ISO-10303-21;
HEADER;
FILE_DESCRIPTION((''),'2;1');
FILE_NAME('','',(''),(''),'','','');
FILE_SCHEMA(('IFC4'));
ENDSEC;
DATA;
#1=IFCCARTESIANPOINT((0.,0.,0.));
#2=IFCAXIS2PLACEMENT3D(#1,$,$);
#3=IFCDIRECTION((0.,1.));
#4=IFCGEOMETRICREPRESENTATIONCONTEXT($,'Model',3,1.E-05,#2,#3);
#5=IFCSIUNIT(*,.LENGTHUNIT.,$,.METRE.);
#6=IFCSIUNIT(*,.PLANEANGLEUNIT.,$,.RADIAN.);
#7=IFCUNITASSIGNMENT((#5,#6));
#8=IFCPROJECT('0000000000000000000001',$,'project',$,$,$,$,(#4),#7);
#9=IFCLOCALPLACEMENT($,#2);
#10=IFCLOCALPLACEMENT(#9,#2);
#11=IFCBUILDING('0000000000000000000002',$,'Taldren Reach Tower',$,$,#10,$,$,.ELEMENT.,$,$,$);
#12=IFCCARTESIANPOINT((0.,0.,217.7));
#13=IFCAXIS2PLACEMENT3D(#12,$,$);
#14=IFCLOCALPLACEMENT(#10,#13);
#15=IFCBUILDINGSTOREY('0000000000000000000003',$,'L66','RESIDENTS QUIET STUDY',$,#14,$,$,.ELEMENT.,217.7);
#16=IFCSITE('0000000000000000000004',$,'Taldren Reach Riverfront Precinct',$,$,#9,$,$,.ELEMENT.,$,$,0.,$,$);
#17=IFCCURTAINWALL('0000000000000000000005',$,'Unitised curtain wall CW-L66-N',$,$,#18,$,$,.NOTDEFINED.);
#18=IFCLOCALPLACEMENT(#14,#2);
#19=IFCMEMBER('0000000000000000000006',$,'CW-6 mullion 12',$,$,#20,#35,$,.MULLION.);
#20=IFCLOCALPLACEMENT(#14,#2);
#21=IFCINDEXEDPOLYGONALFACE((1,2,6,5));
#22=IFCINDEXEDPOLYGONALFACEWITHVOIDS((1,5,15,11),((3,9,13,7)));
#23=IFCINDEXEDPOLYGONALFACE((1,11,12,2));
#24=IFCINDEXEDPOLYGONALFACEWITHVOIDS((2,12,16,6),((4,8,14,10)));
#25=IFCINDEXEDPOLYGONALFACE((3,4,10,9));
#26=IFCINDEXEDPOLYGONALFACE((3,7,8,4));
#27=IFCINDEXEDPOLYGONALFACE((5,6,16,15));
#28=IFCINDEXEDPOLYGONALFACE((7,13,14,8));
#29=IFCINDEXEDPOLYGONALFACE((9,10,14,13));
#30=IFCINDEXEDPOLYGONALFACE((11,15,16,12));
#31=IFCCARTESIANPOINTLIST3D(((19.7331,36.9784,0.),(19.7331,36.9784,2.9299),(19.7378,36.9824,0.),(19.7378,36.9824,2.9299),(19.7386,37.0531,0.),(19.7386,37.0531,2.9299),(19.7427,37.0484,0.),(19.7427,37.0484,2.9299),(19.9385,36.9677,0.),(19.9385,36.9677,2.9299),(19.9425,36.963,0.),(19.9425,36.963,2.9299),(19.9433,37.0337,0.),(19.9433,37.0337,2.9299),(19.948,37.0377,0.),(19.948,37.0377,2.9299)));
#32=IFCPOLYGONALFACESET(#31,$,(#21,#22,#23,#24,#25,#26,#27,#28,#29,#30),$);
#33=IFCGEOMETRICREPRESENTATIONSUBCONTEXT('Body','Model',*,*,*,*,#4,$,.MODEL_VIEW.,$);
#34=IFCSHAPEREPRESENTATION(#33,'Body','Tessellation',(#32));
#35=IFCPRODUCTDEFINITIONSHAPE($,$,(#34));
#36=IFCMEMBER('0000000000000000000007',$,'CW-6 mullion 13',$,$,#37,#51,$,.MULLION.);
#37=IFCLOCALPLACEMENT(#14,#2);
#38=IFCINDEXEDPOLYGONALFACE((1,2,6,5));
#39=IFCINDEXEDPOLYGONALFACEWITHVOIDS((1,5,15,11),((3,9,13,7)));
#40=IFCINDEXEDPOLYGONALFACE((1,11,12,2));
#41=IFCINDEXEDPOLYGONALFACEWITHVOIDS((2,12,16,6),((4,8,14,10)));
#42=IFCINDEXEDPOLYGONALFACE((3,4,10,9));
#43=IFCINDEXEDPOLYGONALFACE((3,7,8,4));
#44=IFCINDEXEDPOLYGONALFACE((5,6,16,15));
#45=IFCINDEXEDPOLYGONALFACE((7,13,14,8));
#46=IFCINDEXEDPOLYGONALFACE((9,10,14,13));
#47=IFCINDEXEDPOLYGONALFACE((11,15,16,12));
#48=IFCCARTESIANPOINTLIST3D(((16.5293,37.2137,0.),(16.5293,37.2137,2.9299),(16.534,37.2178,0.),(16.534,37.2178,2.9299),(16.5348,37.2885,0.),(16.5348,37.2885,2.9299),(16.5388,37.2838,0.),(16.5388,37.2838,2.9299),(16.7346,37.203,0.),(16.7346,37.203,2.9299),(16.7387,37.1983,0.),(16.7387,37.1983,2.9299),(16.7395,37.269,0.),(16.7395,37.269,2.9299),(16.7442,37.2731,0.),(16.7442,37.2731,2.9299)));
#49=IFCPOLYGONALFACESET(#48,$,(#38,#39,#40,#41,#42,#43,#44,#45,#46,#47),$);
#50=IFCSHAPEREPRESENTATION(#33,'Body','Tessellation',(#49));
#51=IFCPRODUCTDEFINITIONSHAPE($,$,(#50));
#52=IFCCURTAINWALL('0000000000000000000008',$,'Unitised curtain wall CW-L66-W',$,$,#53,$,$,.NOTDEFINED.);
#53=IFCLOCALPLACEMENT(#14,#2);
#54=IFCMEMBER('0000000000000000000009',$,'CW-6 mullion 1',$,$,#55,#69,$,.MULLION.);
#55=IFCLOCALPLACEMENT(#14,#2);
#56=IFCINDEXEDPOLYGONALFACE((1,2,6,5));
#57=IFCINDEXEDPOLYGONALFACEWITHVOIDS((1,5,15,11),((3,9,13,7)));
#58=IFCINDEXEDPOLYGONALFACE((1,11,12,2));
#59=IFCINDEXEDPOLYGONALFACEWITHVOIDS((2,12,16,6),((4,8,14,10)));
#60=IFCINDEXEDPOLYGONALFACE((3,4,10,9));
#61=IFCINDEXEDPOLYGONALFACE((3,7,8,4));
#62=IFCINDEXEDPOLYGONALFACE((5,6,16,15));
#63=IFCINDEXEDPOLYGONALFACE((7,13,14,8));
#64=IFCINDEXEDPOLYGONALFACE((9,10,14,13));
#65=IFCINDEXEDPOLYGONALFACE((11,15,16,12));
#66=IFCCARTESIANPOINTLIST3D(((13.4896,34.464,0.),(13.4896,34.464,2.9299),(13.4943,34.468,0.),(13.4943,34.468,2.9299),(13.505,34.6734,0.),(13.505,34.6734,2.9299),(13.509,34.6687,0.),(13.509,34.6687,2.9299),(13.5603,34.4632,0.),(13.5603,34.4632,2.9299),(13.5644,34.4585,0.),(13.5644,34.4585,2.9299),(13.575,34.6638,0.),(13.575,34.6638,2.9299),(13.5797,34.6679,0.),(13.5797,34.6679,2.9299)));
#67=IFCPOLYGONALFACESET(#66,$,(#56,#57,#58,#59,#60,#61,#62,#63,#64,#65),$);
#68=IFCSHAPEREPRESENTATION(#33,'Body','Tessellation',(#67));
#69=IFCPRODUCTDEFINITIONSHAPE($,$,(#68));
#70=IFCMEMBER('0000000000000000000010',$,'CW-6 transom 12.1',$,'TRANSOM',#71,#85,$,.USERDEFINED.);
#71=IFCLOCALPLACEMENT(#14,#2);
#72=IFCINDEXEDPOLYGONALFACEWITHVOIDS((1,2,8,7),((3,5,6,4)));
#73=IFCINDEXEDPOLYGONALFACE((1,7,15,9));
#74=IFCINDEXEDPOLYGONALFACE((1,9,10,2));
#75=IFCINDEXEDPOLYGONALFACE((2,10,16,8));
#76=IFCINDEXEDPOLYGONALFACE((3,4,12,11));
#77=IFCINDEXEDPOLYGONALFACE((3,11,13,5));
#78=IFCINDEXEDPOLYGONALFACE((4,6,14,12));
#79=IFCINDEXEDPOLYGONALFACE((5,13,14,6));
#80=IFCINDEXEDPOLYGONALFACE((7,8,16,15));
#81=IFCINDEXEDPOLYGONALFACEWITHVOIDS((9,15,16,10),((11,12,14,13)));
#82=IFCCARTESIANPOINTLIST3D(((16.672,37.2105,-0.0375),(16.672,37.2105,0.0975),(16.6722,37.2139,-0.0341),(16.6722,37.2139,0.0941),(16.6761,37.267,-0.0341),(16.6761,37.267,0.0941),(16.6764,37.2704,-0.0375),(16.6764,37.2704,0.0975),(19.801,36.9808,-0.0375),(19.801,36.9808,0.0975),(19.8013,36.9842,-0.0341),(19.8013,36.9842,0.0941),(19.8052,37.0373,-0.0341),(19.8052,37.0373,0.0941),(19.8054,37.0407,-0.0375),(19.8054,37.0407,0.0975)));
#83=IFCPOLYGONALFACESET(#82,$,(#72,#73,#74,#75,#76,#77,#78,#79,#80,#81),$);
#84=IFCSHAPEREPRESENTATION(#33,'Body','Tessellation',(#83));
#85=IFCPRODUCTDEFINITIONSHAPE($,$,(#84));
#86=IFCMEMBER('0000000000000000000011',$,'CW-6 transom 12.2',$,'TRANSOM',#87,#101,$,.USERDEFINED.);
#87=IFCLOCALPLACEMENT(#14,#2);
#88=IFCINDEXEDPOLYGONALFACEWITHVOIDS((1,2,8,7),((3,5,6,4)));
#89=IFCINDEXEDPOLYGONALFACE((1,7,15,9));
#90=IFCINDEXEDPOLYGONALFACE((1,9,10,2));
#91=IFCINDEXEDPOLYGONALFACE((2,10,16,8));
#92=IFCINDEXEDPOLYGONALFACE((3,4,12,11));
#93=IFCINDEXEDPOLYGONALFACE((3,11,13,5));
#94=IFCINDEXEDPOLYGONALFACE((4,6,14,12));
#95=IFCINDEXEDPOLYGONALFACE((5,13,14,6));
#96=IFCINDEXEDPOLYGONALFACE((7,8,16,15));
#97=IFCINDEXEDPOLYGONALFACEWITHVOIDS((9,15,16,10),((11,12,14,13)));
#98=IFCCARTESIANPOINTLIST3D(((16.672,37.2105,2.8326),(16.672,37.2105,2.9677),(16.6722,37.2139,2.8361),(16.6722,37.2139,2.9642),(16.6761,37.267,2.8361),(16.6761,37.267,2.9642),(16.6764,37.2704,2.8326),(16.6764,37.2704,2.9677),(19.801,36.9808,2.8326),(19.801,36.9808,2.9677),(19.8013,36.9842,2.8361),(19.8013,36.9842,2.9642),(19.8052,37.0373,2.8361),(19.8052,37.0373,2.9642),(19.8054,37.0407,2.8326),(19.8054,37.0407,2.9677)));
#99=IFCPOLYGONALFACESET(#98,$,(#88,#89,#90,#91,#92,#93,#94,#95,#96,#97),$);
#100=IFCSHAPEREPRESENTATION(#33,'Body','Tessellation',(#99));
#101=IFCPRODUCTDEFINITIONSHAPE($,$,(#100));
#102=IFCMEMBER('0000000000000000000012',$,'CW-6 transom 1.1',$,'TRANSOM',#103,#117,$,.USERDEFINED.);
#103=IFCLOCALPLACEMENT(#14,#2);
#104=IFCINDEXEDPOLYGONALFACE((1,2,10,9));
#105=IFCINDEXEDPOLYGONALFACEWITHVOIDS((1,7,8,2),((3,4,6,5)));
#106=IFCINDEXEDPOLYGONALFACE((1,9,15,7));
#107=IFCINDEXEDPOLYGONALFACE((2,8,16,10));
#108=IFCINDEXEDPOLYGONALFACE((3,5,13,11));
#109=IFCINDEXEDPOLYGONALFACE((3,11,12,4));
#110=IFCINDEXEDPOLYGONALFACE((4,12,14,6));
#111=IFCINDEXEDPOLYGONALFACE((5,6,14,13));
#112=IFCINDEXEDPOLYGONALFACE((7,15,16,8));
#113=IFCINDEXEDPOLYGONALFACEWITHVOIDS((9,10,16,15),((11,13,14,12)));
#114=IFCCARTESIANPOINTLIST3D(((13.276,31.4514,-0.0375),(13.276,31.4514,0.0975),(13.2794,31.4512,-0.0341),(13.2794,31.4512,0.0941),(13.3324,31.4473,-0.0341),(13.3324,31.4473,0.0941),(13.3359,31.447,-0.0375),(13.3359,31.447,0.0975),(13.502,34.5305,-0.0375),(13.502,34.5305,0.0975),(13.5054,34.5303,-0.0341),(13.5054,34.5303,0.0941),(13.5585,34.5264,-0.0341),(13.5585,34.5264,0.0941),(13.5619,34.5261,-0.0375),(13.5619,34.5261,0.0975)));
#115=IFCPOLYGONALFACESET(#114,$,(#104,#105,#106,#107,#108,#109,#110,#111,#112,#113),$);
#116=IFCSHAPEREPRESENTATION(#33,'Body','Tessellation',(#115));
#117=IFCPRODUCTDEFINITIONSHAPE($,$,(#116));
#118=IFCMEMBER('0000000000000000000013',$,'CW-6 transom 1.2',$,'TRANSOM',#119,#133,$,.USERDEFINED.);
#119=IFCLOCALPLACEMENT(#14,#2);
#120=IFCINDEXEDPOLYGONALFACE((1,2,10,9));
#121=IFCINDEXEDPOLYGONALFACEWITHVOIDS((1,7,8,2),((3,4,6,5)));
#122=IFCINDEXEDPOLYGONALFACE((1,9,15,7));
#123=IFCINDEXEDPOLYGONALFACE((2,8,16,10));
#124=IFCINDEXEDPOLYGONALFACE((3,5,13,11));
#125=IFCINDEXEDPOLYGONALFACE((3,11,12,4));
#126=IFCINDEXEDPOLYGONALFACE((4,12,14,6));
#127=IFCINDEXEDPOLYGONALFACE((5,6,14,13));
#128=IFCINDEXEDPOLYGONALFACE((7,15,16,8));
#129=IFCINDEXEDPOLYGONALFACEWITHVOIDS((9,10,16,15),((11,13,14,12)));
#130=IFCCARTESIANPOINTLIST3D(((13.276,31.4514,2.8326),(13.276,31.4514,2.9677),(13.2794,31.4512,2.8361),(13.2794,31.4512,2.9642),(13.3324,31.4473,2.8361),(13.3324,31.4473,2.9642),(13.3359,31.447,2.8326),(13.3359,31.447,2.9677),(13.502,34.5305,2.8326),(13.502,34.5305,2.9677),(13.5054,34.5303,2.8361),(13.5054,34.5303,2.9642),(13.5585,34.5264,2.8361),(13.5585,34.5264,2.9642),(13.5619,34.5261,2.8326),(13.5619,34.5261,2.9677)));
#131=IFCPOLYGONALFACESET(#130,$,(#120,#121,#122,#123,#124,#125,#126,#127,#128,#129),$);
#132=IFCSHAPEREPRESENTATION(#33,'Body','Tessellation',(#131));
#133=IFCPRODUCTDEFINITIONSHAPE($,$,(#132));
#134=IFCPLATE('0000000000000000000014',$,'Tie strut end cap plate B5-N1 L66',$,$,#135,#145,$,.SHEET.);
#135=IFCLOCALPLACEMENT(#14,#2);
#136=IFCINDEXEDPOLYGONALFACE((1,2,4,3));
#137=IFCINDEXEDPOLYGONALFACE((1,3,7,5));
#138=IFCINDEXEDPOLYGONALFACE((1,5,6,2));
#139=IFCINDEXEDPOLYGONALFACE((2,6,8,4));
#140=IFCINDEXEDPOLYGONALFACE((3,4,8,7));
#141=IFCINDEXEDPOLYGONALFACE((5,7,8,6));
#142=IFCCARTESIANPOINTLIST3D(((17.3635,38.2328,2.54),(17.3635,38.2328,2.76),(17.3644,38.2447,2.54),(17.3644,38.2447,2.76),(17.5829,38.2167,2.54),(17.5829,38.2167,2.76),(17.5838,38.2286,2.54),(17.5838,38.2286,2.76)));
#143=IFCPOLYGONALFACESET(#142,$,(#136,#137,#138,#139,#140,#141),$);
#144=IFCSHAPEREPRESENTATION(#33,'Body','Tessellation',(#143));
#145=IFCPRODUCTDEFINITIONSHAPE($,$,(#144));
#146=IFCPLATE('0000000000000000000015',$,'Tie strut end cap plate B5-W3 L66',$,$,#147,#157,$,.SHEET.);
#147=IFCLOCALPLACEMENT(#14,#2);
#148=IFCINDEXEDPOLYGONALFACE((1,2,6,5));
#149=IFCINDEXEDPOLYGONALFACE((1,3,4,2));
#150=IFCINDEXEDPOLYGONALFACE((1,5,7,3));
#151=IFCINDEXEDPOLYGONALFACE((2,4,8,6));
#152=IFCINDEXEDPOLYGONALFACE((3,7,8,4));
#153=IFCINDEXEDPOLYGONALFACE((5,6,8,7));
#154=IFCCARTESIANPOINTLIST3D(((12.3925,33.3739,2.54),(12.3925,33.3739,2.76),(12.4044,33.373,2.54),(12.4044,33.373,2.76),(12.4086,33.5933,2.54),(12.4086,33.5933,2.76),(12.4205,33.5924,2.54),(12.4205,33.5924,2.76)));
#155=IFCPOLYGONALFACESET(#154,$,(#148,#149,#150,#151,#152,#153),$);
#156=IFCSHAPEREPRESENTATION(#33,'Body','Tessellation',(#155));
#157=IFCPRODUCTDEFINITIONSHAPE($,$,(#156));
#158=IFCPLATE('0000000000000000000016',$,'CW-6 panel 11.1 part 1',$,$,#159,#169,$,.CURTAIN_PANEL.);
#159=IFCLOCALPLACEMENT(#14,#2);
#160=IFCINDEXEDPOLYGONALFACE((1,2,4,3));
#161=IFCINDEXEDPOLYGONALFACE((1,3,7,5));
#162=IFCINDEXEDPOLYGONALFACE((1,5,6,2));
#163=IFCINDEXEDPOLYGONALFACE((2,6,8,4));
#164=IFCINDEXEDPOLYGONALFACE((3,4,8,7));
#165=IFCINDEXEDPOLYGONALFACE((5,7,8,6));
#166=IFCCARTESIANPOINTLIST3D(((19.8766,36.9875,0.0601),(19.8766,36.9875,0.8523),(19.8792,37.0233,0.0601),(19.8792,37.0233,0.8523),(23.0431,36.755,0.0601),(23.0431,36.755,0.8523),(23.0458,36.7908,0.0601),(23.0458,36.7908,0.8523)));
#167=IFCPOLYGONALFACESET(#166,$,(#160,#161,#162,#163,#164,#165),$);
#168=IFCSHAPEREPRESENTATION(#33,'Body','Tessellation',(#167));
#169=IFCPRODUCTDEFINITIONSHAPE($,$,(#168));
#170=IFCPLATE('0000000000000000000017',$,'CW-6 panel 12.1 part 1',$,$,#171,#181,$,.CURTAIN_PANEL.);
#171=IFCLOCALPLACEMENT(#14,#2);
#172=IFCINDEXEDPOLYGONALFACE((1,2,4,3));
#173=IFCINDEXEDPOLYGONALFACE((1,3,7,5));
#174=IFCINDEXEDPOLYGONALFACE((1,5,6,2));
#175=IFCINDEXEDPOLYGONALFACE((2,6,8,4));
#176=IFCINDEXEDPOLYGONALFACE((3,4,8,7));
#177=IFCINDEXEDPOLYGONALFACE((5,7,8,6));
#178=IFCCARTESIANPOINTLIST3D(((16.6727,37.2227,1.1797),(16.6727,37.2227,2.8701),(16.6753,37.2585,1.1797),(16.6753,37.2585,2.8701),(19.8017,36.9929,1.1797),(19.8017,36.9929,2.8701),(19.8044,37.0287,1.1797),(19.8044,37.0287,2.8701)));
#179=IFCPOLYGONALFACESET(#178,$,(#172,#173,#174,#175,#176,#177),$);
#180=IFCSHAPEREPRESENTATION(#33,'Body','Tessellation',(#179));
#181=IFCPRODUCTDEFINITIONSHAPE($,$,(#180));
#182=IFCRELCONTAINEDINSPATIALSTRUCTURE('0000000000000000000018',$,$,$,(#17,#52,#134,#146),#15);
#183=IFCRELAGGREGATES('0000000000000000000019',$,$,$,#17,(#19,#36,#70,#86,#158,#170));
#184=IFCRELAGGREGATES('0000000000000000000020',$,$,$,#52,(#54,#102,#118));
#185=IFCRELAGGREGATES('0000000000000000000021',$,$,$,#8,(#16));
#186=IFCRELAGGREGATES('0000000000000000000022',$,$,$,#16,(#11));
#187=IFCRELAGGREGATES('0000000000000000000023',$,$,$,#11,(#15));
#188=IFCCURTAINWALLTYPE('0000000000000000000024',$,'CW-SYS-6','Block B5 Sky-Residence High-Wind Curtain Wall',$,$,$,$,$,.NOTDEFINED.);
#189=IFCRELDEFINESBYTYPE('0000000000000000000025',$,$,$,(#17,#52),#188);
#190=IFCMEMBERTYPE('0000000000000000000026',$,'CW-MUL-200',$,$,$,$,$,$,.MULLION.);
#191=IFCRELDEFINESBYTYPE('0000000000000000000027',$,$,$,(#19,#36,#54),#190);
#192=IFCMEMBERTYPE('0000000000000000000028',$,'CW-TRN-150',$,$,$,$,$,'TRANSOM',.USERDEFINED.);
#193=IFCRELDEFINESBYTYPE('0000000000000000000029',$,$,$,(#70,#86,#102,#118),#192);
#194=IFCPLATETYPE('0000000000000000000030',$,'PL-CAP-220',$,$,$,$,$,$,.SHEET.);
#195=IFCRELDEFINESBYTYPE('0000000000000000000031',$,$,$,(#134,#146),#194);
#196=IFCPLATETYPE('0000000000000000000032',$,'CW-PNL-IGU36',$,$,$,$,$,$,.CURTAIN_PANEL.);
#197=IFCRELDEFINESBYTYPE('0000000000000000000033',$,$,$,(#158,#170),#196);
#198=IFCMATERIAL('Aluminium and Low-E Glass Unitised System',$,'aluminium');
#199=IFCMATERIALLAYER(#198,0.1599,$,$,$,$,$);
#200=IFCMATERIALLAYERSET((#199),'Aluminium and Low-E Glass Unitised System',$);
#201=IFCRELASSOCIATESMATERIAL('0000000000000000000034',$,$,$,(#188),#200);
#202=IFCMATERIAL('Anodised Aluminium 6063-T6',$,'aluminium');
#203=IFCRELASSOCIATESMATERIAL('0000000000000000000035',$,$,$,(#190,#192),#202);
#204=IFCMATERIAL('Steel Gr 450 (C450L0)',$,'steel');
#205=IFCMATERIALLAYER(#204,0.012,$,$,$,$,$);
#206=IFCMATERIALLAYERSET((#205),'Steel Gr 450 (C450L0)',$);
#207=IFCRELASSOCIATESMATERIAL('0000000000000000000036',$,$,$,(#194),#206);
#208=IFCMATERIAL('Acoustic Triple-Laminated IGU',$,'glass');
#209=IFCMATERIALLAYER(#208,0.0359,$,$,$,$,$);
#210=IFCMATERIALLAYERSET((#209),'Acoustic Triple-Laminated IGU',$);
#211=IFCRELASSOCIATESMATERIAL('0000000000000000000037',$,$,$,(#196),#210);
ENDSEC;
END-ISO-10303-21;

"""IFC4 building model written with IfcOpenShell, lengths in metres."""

from ifc_helpers import new_model, si_unit, direction, frame, origin, origin_2d, place, context, subcontext, project, spatial, rectangle, hollow_rectangle, extrude, source, transform, mapped, material, layer, layer_set, material_profile, profile_set, type_object, element, aggregate, save


model = new_model("IFC4")

# Units and contexts
model_context = context("Model", 3, precision=1e-05, world=origin(), true_north=direction((0.0, 1.0)))
body_context = subcontext(model_context, "Body", "Model", "MODEL_VIEW")
ifc_project = project(units=[si_unit("LENGTHUNIT", "METRE"), si_unit("PLANEANGLEUNIT", "RADIAN")], contexts=[model_context])

# Site, building, storey
site_placement = place(None, origin())
site = spatial("IfcSite", under=ifc_project, at=site_placement, Name="Taldren Reach Riverfront Precinct", CompositionType="ELEMENT", RefElevation=0.0)
building_placement = place(site_placement, origin())
building = spatial("IfcBuilding", under=site, at=building_placement, Name="Taldren Reach Tower", CompositionType="ELEMENT")
storey_placement = place(building_placement, frame((0.0, 0.0, 217.7)))
storey = spatial("IfcBuildingStorey", under=building, at=storey_placement, Name="L66", Description="RESIDENTS QUIET STUDY", CompositionType="ELEMENT", Elevation=217.7)

# Shared definitions
ifc_material_1 = material(Name="Steel Gr 450 (C450L0)", Category="steel")

# Curtain wall, members
ifc_material_2 = material(Name="Aluminium and Low-E Glass Unitised System", Category="aluminium")
ifc_layer_1 = layer(ifc_material_2, 0.1599)
ifc_layer_set_1 = layer_set([ifc_layer_1], Name="Aluminium and Low-E Glass Unitised System")
curtain_wall_type = type_object("IfcCurtainWallType", Name="CW-SYS-6", Description="Block B5 Sky-Residence High-Wind Curtain Wall", PredefinedType="NOTDEFINED", material=ifc_layer_set_1)
curtain_wall_1_placement = place(storey_placement, origin())
curtain_wall_1 = element("IfcCurtainWall", 1, at=curtain_wall_1_placement, inside=storey, type_object=curtain_wall_type, Name="Unitised curtain wall CW-L66-N", PredefinedType="NOTDEFINED")
ifc_material_3 = material(Name="Anodised Aluminium 6063-T6", Category="aluminium")
ifc_material_profile_1 = material_profile(ifc_material_3, hollow_rectangle(XDim=0.075, YDim=0.21, WallThickness=0.0044, at=origin_2d()), Name="ALU-210x75x4.5RHS")
ifc_profile_set_1 = profile_set([ifc_material_profile_1], Name="Anodised Aluminium 6063-T6")
member_type_1 = type_object("IfcMemberType", Name="CW-MUL-200", PredefinedType="MULLION", material=ifc_profile_set_1)
shared_shape_1 = source(origin(), body_context, "Body", "SweptSolid", [
    extrude(hollow_rectangle(XDim=0.075, YDim=0.21, WallThickness=0.0044, at=origin_2d()), origin(), (0.0, 0.0, 1.0), 2.9299),
])
member_1_placement = place(storey_placement, frame((19.8406, 37.0081, 0.0), z_axis=(0.0, 0.0, 1.0), x_axis=(-0.073238, -0.997314, 0.0)))
member_1 = element("IfcMember", 2, at=member_1_placement, type_object=member_type_1, Name="CW-6 mullion 12", PredefinedType="MULLION", context=body_context, shape_type="MappedRepresentation", body=[
    mapped(shared_shape_1, transform((0.0, 0.0, 0.0), scale=1.0)),
])
member_2_placement = place(storey_placement, frame((16.6367, 37.2434, 0.0), z_axis=(0.0, 0.0, 1.0), x_axis=(-0.073238, -0.997314, 0.0)))
member_2 = element("IfcMember", 3, at=member_2_placement, type_object=member_type_1, Name="CW-6 mullion 13", PredefinedType="MULLION", context=body_context, shape_type="MappedRepresentation", body=[
    mapped(shared_shape_1, transform((0.0, 0.0, 0.0), scale=1.0)),
])

# Curtain wall, member
curtain_wall_2_placement = place(storey_placement, origin())
curtain_wall_2 = element("IfcCurtainWall", 4, at=curtain_wall_2_placement, inside=storey, type_object=curtain_wall_type, Name="Unitised curtain wall CW-L66-W", PredefinedType="NOTDEFINED")
member_3_placement = place(storey_placement, frame((13.5347, 34.5659, 0.0), z_axis=(0.0, 0.0, 1.0), x_axis=(0.997314, -0.073238, 0.0)))
member_3 = element("IfcMember", 5, at=member_3_placement, type_object=member_type_1, Name="CW-6 mullion 1", PredefinedType="MULLION", context=body_context, shape_type="MappedRepresentation", body=[
    mapped(shared_shape_1, transform((0.0, 0.0, 0.0), scale=1.0)),
])

# Members
ifc_material_profile_2 = material_profile(ifc_material_3, hollow_rectangle(XDim=0.0601, YDim=0.135, WallThickness=0.0034, at=origin_2d()), Name="ALU-135x60x3.5RHS")
ifc_profile_set_2 = profile_set([ifc_material_profile_2], Name="Anodised Aluminium 6063-T6")
member_type_2 = type_object("IfcMemberType", Name="CW-TRN-150", ElementType="TRANSOM", PredefinedType="USERDEFINED", material=ifc_profile_set_2)
shared_shape_2 = source(origin(), body_context, "Body", "SweptSolid", [
    extrude(hollow_rectangle(XDim=0.0601, YDim=0.135, WallThickness=0.0034, at=origin_2d()), origin(), (0.0, 0.0, 1.0), 3.1375),
])
member_4_placement = place(storey_placement, frame((19.8032, 37.0107, 0.03), z_axis=(-0.997316, 0.073221, 0.0), x_axis=(-0.073221, -0.997316, 0.0)))
member_4 = element("IfcMember", 6, at=member_4_placement, type_object=member_type_2, Name="CW-6 transom 12.1", ObjectType="TRANSOM", PredefinedType="USERDEFINED", context=body_context, shape_type="MappedRepresentation", body=[
    mapped(shared_shape_2, transform((0.0, 0.0, 0.0), scale=1.0)),
])
member_5_placement = place(storey_placement, frame((19.8032, 37.0107, 2.9001), z_axis=(-0.997316, 0.073221, 0.0), x_axis=(-0.073221, -0.997316, 0.0)))
member_5 = element("IfcMember", 7, at=member_5_placement, type_object=member_type_2, Name="CW-6 transom 12.2", ObjectType="TRANSOM", PredefinedType="USERDEFINED", context=body_context, shape_type="MappedRepresentation", body=[
    mapped(shared_shape_2, transform((0.0, 0.0, 0.0), scale=1.0)),
])
shared_shape_3 = source(origin(), body_context, "Body", "SweptSolid", [
    extrude(hollow_rectangle(XDim=0.0601, YDim=0.135, WallThickness=0.0034, at=origin_2d()), origin(), (0.0, 0.0, 1.0), 3.0874),
])
member_6_placement = place(storey_placement, frame((13.532, 34.5283, 0.03), z_axis=(-0.073225, -0.997315, 0.0), x_axis=(0.997315, -0.073225, 0.0)))
member_6 = element("IfcMember", 8, at=member_6_placement, type_object=member_type_2, Name="CW-6 transom 1.1", ObjectType="TRANSOM", PredefinedType="USERDEFINED", context=body_context, shape_type="MappedRepresentation", body=[
    mapped(shared_shape_3, transform((0.0, 0.0, 0.0), scale=1.0)),
])
member_7_placement = place(storey_placement, frame((13.532, 34.5283, 2.9001), z_axis=(-0.073225, -0.997315, 0.0), x_axis=(0.997315, -0.073225, 0.0)))
member_7 = element("IfcMember", 9, at=member_7_placement, type_object=member_type_2, Name="CW-6 transom 1.2", ObjectType="TRANSOM", PredefinedType="USERDEFINED", context=body_context, shape_type="MappedRepresentation", body=[
    mapped(shared_shape_3, transform((0.0, 0.0, 0.0), scale=1.0)),
])

# Plates
ifc_layer_2 = layer(ifc_material_1, 0.012)
ifc_layer_set_2 = layer_set([ifc_layer_2], Name="Steel Gr 450 (C450L0)")
plate_type_1 = type_object("IfcPlateType", Name="PL-CAP-220", PredefinedType="SHEET", material=ifc_layer_set_2)
shared_shape_4 = source(origin(), body_context, "Body", "SweptSolid", [
    extrude(rectangle(XDim=0.22, YDim=0.012, at=origin_2d()), origin(), (0.0, 0.0, 1.0), 0.22),
])
plate_1_placement = place(storey_placement, frame((17.4736, 38.2307, 2.54), z_axis=(0.0, 0.0, 1.0), x_axis=(0.997314, -0.073238, 0.0)))
element("IfcPlate", 10, at=plate_1_placement, inside=storey, type_object=plate_type_1, Name="Tie strut end cap plate B5-N1 L66", PredefinedType="SHEET", context=body_context, shape_type="MappedRepresentation", body=[
    mapped(shared_shape_4, transform((0.0, 0.0, 0.0), scale=1.0)),
])
shared_shape_5 = source(origin(), body_context, "Body", "SweptSolid", [
    extrude(rectangle(XDim=0.012, YDim=0.22, at=origin_2d()), origin(), (0.0, 0.0, 1.0), 0.22),
])
plate_2_placement = place(storey_placement, frame((12.4065, 33.4832, 2.54), z_axis=(0.0, 0.0, 1.0), x_axis=(0.997314, -0.073238, 0.0)))
element("IfcPlate", 11, at=plate_2_placement, inside=storey, type_object=plate_type_1, Name="Tie strut end cap plate B5-W3 L66", PredefinedType="SHEET", context=body_context, shape_type="MappedRepresentation", body=[
    mapped(shared_shape_5, transform((0.0, 0.0, 0.0), scale=1.0)),
])

# Plates
ifc_material_4 = material(Name="Acoustic Triple-Laminated IGU", Category="glass")
ifc_layer_3 = layer(ifc_material_4, 0.0359)
ifc_layer_set_3 = layer_set([ifc_layer_3], Name="Acoustic Triple-Laminated IGU")
plate_type_2 = type_object("IfcPlateType", Name="CW-PNL-IGU36", PredefinedType="CURTAIN_PANEL", material=ifc_layer_set_3)
shared_shape_6 = source(origin(), body_context, "Body", "SweptSolid", [
    extrude(rectangle(XDim=3.175, YDim=0.0359, at=origin_2d()), origin(), (0.0, 0.0, 1.0), 0.7922),
])
plate_3_placement = place(storey_placement, frame((21.4612, 36.8892, 0.0601), z_axis=(0.0, 0.0, 1.0), x_axis=(-0.997314, 0.073238, 0.0)))
plate_3 = element("IfcPlate", 12, at=plate_3_placement, type_object=plate_type_2, Name="CW-6 panel 11.1 part 1", PredefinedType="CURTAIN_PANEL", context=body_context, shape_type="MappedRepresentation", body=[
    mapped(shared_shape_6, transform((0.0, 0.0, 0.0), scale=1.0)),
])
shared_shape_7 = source(origin(), body_context, "Body", "SweptSolid", [
    extrude(rectangle(XDim=3.1375, YDim=0.0359, at=origin_2d()), origin(), (0.0, 0.0, 1.0), 1.6904),
])
plate_4_placement = place(storey_placement, frame((18.2385, 37.1257, 1.1797), z_axis=(0.0, 0.0, 1.0), x_axis=(-0.997314, 0.073238, 0.0)))
plate_4 = element("IfcPlate", 13, at=plate_4_placement, type_object=plate_type_2, Name="CW-6 panel 12.1 part 1", PredefinedType="CURTAIN_PANEL", context=body_context, shape_type="MappedRepresentation", body=[
    mapped(shared_shape_7, transform((0.0, 0.0, 0.0), scale=1.0)),
])
aggregate(curtain_wall_1, [member_1, member_2, member_4, member_5, plate_3, plate_4])
aggregate(curtain_wall_2, [member_3, member_6, member_7])

save(model, "model.ifc")
